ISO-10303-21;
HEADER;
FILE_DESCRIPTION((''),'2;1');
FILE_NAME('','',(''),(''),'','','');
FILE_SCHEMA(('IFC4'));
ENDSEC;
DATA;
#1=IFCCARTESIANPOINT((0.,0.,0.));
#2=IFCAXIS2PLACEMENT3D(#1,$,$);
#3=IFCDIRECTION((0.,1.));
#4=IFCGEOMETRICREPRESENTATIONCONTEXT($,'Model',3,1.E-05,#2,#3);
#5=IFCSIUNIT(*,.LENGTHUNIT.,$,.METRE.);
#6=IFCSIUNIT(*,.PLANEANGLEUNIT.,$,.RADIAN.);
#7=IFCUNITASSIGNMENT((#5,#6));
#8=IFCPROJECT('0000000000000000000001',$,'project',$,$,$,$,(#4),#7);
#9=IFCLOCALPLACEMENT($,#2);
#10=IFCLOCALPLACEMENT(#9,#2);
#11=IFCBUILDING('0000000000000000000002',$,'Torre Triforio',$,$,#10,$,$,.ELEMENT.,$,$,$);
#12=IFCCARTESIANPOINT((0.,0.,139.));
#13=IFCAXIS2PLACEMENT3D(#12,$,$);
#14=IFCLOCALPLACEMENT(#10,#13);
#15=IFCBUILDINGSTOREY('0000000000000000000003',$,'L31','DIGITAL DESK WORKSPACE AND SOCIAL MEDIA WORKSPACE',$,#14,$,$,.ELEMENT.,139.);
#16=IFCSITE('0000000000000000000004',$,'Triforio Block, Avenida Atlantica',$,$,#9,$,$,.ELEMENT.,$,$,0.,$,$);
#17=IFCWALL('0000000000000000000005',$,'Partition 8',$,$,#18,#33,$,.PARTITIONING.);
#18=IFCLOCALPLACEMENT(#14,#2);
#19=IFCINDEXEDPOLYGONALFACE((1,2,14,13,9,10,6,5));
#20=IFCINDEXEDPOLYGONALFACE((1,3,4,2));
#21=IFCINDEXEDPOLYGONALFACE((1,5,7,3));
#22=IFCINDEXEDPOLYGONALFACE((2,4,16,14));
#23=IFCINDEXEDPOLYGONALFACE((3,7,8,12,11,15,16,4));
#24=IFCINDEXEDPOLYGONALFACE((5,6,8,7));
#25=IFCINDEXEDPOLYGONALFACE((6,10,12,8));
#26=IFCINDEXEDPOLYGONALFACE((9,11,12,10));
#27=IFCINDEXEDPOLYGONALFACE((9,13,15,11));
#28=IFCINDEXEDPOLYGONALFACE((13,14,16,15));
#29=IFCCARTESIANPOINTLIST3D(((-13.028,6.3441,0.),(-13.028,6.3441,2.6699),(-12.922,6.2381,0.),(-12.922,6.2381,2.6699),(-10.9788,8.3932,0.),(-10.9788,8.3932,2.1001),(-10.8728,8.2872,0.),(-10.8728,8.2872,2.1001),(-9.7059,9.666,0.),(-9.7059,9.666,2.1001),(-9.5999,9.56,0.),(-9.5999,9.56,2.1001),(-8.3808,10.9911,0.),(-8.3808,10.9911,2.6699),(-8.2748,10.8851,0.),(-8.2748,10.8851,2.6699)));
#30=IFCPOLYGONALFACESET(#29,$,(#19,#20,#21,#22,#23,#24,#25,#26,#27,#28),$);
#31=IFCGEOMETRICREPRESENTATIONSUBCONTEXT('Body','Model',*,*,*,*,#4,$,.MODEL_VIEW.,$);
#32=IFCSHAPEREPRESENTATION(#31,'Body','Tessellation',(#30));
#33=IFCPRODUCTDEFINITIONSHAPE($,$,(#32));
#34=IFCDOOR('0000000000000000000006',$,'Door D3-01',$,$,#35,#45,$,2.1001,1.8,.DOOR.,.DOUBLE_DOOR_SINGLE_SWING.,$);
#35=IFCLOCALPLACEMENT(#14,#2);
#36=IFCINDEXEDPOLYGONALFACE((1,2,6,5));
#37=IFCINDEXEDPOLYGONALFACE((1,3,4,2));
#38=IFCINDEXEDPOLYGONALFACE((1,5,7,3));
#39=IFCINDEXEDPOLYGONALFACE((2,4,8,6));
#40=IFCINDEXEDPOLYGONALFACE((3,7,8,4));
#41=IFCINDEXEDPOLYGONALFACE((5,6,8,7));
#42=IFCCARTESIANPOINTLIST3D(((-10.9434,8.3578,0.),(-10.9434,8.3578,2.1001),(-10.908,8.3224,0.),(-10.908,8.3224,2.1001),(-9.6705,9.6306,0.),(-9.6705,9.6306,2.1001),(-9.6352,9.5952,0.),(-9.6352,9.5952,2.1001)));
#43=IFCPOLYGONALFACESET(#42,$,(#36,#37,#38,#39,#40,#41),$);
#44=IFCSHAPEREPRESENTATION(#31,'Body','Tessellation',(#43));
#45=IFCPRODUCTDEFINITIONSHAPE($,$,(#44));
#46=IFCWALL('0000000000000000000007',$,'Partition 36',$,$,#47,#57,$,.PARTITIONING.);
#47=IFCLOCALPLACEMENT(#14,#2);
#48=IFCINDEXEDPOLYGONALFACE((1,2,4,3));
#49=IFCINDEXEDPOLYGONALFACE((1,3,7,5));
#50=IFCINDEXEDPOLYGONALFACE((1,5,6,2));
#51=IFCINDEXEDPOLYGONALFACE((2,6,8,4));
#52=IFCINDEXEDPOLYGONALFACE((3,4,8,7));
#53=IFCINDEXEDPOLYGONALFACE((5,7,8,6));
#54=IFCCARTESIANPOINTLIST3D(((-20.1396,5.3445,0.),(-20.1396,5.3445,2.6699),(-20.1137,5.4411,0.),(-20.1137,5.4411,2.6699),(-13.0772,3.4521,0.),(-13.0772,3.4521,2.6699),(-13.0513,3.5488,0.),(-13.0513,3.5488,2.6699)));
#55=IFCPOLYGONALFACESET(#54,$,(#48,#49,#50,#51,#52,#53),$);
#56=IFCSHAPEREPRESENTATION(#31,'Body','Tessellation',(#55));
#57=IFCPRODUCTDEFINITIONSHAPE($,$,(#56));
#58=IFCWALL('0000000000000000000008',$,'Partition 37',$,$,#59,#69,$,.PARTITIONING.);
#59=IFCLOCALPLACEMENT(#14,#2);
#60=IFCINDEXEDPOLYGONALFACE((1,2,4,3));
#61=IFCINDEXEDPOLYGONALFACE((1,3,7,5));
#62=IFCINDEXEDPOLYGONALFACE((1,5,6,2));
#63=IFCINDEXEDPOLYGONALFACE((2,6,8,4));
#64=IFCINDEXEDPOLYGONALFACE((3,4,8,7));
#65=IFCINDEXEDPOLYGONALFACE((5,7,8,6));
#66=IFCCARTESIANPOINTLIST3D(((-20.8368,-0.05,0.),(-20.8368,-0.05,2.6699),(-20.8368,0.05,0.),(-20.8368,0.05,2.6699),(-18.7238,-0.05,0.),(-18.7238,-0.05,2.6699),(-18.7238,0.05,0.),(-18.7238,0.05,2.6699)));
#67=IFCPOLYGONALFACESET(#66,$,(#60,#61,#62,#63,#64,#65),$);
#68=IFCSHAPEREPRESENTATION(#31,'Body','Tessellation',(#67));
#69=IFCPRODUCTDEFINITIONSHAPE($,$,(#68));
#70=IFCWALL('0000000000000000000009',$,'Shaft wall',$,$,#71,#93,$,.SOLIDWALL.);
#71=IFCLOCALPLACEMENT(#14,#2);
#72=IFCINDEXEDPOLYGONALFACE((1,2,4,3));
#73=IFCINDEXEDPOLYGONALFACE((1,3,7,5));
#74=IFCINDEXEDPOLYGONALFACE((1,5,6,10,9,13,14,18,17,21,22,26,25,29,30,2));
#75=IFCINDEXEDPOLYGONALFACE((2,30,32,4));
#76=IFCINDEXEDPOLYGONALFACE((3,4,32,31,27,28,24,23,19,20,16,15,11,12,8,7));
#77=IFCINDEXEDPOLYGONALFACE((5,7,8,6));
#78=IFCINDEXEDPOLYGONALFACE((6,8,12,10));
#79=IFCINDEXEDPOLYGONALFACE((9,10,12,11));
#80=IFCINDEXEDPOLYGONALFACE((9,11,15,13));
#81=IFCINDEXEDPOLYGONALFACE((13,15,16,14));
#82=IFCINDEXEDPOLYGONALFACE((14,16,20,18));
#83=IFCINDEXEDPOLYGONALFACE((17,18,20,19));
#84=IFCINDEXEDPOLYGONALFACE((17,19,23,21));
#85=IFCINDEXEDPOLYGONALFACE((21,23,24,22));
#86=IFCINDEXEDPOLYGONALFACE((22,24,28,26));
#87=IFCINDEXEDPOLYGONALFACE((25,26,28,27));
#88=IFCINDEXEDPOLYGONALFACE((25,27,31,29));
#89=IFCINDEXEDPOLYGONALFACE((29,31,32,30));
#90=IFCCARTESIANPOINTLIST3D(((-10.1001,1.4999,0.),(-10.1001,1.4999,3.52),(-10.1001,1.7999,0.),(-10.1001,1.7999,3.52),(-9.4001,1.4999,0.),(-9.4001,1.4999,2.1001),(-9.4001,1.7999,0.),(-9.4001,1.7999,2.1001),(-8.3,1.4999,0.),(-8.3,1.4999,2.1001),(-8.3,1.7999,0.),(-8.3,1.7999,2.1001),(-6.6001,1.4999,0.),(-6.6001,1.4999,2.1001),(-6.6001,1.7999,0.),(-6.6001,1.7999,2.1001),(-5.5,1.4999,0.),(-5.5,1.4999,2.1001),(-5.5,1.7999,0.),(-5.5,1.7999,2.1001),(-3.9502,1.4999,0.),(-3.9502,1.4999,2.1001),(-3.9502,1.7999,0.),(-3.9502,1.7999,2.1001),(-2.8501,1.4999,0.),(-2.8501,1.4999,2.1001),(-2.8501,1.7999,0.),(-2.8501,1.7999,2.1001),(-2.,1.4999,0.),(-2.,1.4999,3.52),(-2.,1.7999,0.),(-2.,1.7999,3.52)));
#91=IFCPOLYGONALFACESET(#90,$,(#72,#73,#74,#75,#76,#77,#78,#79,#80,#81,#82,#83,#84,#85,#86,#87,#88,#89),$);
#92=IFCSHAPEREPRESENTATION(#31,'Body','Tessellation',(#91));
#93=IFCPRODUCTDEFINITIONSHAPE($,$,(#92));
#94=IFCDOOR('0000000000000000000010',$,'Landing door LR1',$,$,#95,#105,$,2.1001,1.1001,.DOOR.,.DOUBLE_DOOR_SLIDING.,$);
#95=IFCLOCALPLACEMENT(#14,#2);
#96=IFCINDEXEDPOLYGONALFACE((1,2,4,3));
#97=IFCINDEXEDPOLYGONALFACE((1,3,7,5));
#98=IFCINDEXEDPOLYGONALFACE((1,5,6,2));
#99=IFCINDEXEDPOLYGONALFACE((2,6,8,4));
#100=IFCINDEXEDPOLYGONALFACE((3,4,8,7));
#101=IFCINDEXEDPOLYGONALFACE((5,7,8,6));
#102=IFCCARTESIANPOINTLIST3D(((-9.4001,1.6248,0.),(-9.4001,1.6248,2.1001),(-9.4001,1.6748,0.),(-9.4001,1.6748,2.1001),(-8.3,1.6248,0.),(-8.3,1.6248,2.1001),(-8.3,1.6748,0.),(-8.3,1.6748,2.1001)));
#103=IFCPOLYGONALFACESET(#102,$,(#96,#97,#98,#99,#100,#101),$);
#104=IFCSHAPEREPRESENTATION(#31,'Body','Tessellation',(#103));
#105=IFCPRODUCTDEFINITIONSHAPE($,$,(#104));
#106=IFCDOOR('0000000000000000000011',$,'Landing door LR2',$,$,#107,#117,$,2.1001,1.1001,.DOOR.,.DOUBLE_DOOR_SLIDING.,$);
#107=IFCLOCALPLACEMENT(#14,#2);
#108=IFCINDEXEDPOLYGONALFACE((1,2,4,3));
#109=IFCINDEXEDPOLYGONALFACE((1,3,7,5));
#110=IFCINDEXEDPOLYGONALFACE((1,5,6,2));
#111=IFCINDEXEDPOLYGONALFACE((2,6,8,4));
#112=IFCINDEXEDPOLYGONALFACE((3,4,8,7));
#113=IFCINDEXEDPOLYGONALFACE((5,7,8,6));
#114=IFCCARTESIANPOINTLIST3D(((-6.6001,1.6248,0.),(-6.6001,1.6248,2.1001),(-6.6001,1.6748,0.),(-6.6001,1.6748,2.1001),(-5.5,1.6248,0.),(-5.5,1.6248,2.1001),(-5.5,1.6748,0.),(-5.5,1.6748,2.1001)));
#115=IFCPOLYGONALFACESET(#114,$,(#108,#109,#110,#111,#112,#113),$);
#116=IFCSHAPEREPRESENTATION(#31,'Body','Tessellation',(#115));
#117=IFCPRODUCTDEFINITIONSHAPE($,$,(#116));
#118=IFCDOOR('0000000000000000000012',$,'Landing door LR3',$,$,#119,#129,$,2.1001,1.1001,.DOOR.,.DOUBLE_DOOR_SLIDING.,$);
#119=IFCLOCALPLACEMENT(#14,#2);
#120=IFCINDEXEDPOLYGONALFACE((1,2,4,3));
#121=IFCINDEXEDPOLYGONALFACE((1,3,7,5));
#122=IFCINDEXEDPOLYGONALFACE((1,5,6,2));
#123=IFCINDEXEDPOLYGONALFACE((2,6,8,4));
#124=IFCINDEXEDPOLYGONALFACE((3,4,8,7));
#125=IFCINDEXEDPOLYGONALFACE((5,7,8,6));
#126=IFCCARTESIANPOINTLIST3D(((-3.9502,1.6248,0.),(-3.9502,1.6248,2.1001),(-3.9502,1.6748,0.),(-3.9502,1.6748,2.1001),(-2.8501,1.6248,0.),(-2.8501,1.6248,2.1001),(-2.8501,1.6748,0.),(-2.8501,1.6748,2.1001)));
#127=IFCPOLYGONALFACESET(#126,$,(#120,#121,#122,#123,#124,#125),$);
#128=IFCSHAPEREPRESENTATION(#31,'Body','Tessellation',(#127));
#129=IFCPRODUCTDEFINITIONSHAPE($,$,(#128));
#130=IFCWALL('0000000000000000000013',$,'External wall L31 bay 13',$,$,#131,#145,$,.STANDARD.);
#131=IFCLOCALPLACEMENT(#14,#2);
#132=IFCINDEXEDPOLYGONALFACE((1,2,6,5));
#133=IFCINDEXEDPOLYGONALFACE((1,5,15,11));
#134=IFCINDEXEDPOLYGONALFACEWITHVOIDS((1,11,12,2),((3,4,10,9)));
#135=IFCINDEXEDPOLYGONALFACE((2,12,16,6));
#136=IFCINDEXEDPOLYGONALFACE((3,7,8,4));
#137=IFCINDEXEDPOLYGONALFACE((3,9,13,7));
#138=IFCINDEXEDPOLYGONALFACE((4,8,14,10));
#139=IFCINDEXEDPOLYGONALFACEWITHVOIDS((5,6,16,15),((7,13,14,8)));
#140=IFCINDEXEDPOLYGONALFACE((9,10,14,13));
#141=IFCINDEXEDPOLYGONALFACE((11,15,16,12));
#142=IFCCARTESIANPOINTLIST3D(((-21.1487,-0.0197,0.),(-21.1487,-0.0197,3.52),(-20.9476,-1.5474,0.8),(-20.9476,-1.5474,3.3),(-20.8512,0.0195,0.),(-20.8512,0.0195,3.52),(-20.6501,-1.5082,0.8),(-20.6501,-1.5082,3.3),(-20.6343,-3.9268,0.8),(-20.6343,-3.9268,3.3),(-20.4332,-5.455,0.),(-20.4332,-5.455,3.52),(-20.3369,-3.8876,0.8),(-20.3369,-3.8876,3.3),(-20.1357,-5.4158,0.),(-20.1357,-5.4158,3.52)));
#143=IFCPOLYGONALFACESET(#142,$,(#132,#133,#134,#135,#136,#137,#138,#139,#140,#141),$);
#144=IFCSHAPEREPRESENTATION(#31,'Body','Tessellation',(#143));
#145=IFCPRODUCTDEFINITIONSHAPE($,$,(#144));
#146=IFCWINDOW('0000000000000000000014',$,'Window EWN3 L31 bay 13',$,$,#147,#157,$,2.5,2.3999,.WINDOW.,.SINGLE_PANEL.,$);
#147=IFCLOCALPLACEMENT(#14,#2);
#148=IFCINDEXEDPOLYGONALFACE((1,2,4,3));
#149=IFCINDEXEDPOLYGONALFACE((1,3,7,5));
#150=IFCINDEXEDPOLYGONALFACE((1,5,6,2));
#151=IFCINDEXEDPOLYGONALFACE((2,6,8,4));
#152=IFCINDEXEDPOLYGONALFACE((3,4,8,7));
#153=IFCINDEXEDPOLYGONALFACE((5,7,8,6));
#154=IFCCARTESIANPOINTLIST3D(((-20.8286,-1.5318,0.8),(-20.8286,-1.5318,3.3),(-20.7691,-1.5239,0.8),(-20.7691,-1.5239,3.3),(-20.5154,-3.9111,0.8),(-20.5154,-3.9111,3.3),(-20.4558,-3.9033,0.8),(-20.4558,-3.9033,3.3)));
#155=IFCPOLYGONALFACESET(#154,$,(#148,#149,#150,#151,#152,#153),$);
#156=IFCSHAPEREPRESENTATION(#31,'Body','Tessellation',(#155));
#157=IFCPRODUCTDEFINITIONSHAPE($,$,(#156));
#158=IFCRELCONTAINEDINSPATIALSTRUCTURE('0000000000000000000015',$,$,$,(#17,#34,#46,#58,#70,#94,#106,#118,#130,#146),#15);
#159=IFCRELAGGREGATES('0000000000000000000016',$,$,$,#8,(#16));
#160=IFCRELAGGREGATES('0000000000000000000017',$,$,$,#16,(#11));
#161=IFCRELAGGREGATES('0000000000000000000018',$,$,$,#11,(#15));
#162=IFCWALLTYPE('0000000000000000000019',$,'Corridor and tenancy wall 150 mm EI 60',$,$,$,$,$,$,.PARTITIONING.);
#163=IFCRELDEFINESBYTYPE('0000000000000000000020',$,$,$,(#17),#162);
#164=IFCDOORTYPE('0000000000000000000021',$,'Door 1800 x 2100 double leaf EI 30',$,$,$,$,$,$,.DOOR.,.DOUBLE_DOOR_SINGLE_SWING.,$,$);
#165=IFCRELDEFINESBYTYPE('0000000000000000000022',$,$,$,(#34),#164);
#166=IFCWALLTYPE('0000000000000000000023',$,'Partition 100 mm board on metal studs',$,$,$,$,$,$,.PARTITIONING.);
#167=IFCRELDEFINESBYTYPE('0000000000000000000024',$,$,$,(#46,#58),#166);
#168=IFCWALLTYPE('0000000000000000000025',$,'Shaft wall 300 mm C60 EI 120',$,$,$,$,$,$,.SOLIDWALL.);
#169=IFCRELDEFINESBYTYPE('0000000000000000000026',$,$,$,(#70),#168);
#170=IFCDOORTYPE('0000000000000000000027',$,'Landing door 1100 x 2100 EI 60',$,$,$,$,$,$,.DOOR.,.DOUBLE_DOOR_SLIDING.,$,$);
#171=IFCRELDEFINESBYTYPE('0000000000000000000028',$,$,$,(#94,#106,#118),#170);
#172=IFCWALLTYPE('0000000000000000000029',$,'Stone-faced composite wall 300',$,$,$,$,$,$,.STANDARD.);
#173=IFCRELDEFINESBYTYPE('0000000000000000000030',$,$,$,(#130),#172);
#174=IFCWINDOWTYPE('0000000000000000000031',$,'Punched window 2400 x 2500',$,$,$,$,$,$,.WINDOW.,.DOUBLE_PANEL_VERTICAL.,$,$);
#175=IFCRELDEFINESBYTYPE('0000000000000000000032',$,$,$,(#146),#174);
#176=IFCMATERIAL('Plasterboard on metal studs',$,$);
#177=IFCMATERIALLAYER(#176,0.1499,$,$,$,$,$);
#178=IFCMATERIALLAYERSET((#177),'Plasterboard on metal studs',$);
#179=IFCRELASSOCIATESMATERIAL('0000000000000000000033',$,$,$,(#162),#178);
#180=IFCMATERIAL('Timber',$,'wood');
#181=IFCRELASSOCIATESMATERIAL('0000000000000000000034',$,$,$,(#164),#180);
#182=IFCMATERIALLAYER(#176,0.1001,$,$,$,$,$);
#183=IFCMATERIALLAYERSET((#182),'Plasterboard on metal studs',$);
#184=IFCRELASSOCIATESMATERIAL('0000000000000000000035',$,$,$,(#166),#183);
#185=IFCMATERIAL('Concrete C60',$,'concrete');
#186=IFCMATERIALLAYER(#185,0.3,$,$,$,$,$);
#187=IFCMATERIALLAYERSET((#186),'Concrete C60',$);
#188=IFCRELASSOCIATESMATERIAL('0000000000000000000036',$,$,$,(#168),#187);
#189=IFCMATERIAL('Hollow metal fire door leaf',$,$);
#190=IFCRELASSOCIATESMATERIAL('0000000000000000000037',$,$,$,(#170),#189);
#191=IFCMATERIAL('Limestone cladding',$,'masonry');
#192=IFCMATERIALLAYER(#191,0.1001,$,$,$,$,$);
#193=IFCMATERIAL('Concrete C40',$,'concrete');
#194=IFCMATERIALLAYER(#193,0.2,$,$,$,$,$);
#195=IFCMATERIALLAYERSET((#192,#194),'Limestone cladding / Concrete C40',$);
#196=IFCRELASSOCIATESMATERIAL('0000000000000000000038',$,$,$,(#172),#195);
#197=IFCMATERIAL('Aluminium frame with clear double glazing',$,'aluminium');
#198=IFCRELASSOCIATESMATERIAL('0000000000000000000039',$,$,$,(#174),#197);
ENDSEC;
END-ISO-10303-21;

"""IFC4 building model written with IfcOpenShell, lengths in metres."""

from ifc_helpers import new_model, si_unit, direction, frame, frame_2d, origin, place, context, subcontext, project, spatial, rectangle, extrude, material, layer, layer_set, type_object, element, fill, save


model = new_model("IFC4")

# Units and contexts
model_context = context("Model", 3, precision=1e-05, world=origin(), true_north=direction((0.0, 1.0)))
body_context = subcontext(model_context, "Body", "Model", "MODEL_VIEW")
ifc_project = project(units=[si_unit("LENGTHUNIT", "METRE"), si_unit("PLANEANGLEUNIT", "RADIAN")], contexts=[model_context])

# Site, building, storey
site_placement = place(None, origin())
site = spatial("IfcSite", under=ifc_project, at=site_placement, Name="Triforio Block, Avenida Atlantica", CompositionType="ELEMENT", RefElevation=0.0)
building_placement = place(site_placement, origin())
building = spatial("IfcBuilding", under=site, at=building_placement, Name="Torre Triforio", CompositionType="ELEMENT")
storey_placement = place(building_placement, frame((0.0, 0.0, 139.0)))
storey = spatial("IfcBuildingStorey", under=building, at=storey_placement, Name="L31", Description="DIGITAL DESK WORKSPACE AND SOCIAL MEDIA WORKSPACE", CompositionType="ELEMENT", Elevation=139.0)

# Shared definitions
ifc_material_1 = material(Name="Concrete C60", Category="concrete")

# Wall, opening, door
ifc_material_2 = material(Name="Hollow metal fire door leaf")
ifc_material_3 = material(Name="Plasterboard on metal studs")
ifc_layer_1 = layer(ifc_material_3, 0.1499)
ifc_layer_set_1 = layer_set([ifc_layer_1], Name="Plasterboard on metal studs")
wall_type_1 = type_object("IfcWallType", Name="Corridor and tenancy wall 150 mm EI 60", PredefinedType="PARTITIONING", material=ifc_layer_set_1)
ifc_material_4 = material(Name="Timber", Category="wood")
wall_1_placement = place(storey_placement, frame((-12.9751, 6.291, 0.0), z_axis=(0.0, 0.0, 1.0), x_axis=(0.707125, 0.707088, 0.0)))
wall_1 = element("IfcWall", 1, at=wall_1_placement, inside=storey, type_object=wall_type_1, Name="Partition 8", PredefinedType="PARTITIONING", context=body_context, shape_type="SweptSolid", body=[
    extrude(rectangle(XDim=6.572, YDim=0.1499, at=frame_2d((3.2861, 0.0))), origin(), (0.0, 0.0, 1.0), 2.6699),
])
opening_1_placement = place(wall_1_placement, frame((2.8982, 0.0, 0.0)))
opening_1 = element("IfcOpeningElement", 2, at=opening_1_placement, cuts=wall_1, PredefinedType="OPENING", context=body_context, shape_type="SweptSolid", body=[
    extrude(rectangle(XDim=1.8, YDim=2.1001, at=frame_2d((0.8999, 1.05))), frame((0.0, 0.085, 0.0), z_axis=(0.0, -1.0, 0.0), x_axis=(1.0, 0.0, 0.0)), (0.0, 0.0, 1.0), 0.1699),
])
door_type_1 = type_object("IfcDoorType", Name="Door 1800 x 2100 double leaf EI 30", OperationType="DOUBLE_DOOR_SINGLE_SWING", PredefinedType="DOOR", material=ifc_material_4)
door_1_placement = place(opening_1_placement, origin())
door_1 = element("IfcDoor", 3, at=door_1_placement, inside=storey, type_object=door_type_1, Name="Door D3-01", OperationType="DOUBLE_DOOR_SINGLE_SWING", OverallHeight=2.1001, OverallWidth=1.8, PredefinedType="DOOR", context=body_context, shape_type="SweptSolid", body=[
    extrude(rectangle(XDim=1.8, YDim=2.1001, at=frame_2d((0.8999, 1.05))), frame((0.0, 0.0249, 0.0), z_axis=(0.0, -1.0, 0.0), x_axis=(1.0, 0.0, 0.0)), (0.0, 0.0, 1.0), 0.05),
])
fill(opening_1, door_1)

# Walls
ifc_layer_2 = layer(ifc_material_3, 0.1001)
ifc_layer_set_2 = layer_set([ifc_layer_2], Name="Plasterboard on metal studs")
wall_type_2 = type_object("IfcWallType", Name="Partition 100 mm board on metal studs", PredefinedType="PARTITIONING", material=ifc_layer_set_2)
wall_2_placement = place(storey_placement, frame((-13.0642, 3.5005, 0.0), z_axis=(0.0, 0.0, 1.0), x_axis=(-0.965928, 0.258812, 0.0)))
element("IfcWall", 4, at=wall_2_placement, inside=storey, type_object=wall_type_2, Name="Partition 36", PredefinedType="PARTITIONING", context=body_context, shape_type="SweptSolid", body=[
    extrude(rectangle(XDim=7.3115, YDim=0.1001, at=frame_2d((3.6558, 0.0))), origin(), (0.0, 0.0, 1.0), 2.6699),
])
wall_3_placement = place(storey_placement, frame((-18.7236, 0.0, 0.0), z_axis=(0.0, 0.0, 1.0), x_axis=(-1.0, 0.0, 0.0)))
element("IfcWall", 5, at=wall_3_placement, inside=storey, type_object=wall_type_2, Name="Partition 37", PredefinedType="PARTITIONING", context=body_context, shape_type="SweptSolid", body=[
    extrude(rectangle(XDim=2.113, YDim=0.1001, at=frame_2d((1.0566, 0.0))), origin(), (0.0, 0.0, 1.0), 2.6699),
])

# Wall, openings, doors
ifc_layer_3 = layer(ifc_material_1, 0.3)
ifc_layer_set_3 = layer_set([ifc_layer_3], Name="Concrete C60")
wall_type_3 = type_object("IfcWallType", Name="Shaft wall 300 mm C60 EI 120", PredefinedType="SOLIDWALL", material=ifc_layer_set_3)
wall_4_placement = place(storey_placement, frame((-10.1001, 1.6499, 0.0), z_axis=(0.0, 0.0, 1.0), x_axis=(1.0, 0.0, 0.0)))
wall_4 = element("IfcWall", 6, at=wall_4_placement, inside=storey, type_object=wall_type_3, Name="Shaft wall", PredefinedType="SOLIDWALL", context=body_context, shape_type="SweptSolid", body=[
    extrude(rectangle(XDim=8.1001, YDim=0.3, at=frame_2d((4.05, 0.0))), origin(), (0.0, 0.0, 1.0), 3.52),
])
opening_2_placement = place(wall_4_placement, frame((0.7, 0.0, 0.0)))
opening_2 = element("IfcOpeningElement", 7, at=opening_2_placement, cuts=wall_4, PredefinedType="OPENING", context=body_context, shape_type="SweptSolid", body=[
    extrude(rectangle(XDim=1.1001, YDim=2.1001, at=frame_2d((0.55, 1.05))), frame((0.0, 0.1599, 0.0), z_axis=(0.0, -1.0, 0.0), x_axis=(1.0, 0.0, 0.0)), (0.0, 0.0, 1.0), 0.3201),
])
opening_3_placement = place(wall_4_placement, frame((3.5, 0.0, 0.0)))
opening_3 = element("IfcOpeningElement", 8, at=opening_3_placement, cuts=wall_4, PredefinedType="OPENING", context=body_context, shape_type="SweptSolid", body=[
    extrude(rectangle(XDim=1.1001, YDim=2.1001, at=frame_2d((0.55, 1.05))), frame((0.0, 0.1599, 0.0), z_axis=(0.0, -1.0, 0.0), x_axis=(1.0, 0.0, 0.0)), (0.0, 0.0, 1.0), 0.3201),
])
opening_4_placement = place(wall_4_placement, frame((6.1499, 0.0, 0.0)))
opening_4 = element("IfcOpeningElement", 9, at=opening_4_placement, cuts=wall_4, PredefinedType="OPENING", context=body_context, shape_type="SweptSolid", body=[
    extrude(rectangle(XDim=1.1001, YDim=2.1001, at=frame_2d((0.55, 1.05))), frame((0.0, 0.1599, 0.0), z_axis=(0.0, -1.0, 0.0), x_axis=(1.0, 0.0, 0.0)), (0.0, 0.0, 1.0), 0.3201),
])
door_type_2 = type_object("IfcDoorType", Name="Landing door 1100 x 2100 EI 60", OperationType="DOUBLE_DOOR_SLIDING", PredefinedType="DOOR", material=ifc_material_2)
door_2_placement = place(opening_2_placement, origin())
door_2 = element("IfcDoor", 10, at=door_2_placement, inside=storey, type_object=door_type_2, Name="Landing door LR1", OperationType="DOUBLE_DOOR_SLIDING", OverallHeight=2.1001, OverallWidth=1.1001, PredefinedType="DOOR", context=body_context, shape_type="SweptSolid", body=[
    extrude(rectangle(XDim=1.1001, YDim=2.1001, at=frame_2d((0.55, 1.05))), frame((0.0, 0.0249, 0.0), z_axis=(0.0, -1.0, 0.0), x_axis=(1.0, 0.0, 0.0)), (0.0, 0.0, 1.0), 0.05),
])
fill(opening_2, door_2)
door_3_placement = place(opening_3_placement, origin())
door_3 = element("IfcDoor", 11, at=door_3_placement, inside=storey, type_object=door_type_2, Name="Landing door LR2", OperationType="DOUBLE_DOOR_SLIDING", OverallHeight=2.1001, OverallWidth=1.1001, PredefinedType="DOOR", context=body_context, shape_type="SweptSolid", body=[
    extrude(rectangle(XDim=1.1001, YDim=2.1001, at=frame_2d((0.55, 1.05))), frame((0.0, 0.0249, 0.0), z_axis=(0.0, -1.0, 0.0), x_axis=(1.0, 0.0, 0.0)), (0.0, 0.0, 1.0), 0.05),
])
fill(opening_3, door_3)
door_4_placement = place(opening_4_placement, origin())
door_4 = element("IfcDoor", 12, at=door_4_placement, inside=storey, type_object=door_type_2, Name="Landing door LR3", OperationType="DOUBLE_DOOR_SLIDING", OverallHeight=2.1001, OverallWidth=1.1001, PredefinedType="DOOR", context=body_context, shape_type="SweptSolid", body=[
    extrude(rectangle(XDim=1.1001, YDim=2.1001, at=frame_2d((0.55, 1.05))), frame((0.0, 0.0249, 0.0), z_axis=(0.0, -1.0, 0.0), x_axis=(1.0, 0.0, 0.0)), (0.0, 0.0, 1.0), 0.05),
])
fill(opening_4, door_4)

# Shared definitions
ifc_material_5 = material(Name="Limestone cladding", Category="masonry")
ifc_layer_4 = layer(ifc_material_5, 0.1001)
ifc_material_6 = material(Name="Concrete C40", Category="concrete")
ifc_layer_5 = layer(ifc_material_6, 0.2)
ifc_layer_set_4 = layer_set([ifc_layer_4, ifc_layer_5], Name="Limestone cladding / Concrete C40")
wall_type_4 = type_object("IfcWallType", Name="Stone-faced composite wall 300", PredefinedType="STANDARD", material=ifc_layer_set_4)
ifc_material_7 = material(Name="Aluminium frame with clear double glazing", Category="aluminium")

# Wall, opening, window
wall_5_placement = place(storey_placement, frame((-21.0, 0.0, 0.0), z_axis=(0.0, 0.0, 1.0), x_axis=(0.130527, -0.991445, 0.0)))
wall_5 = element("IfcWall", 13, at=wall_5_placement, inside=storey, type_object=wall_type_4, Name="External wall L31 bay 13", PredefinedType="STANDARD", context=body_context, shape_type="SweptSolid", body=[
    extrude(rectangle(XDim=5.4822, YDim=0.3, at=frame_2d((2.7412, 0.0))), origin(), (0.0, 0.0, 1.0), 3.52),
])
opening_5_placement = place(wall_5_placement, frame((1.541, 0.0, 0.8)))
opening_5 = element("IfcOpeningElement", 14, at=opening_5_placement, cuts=wall_5, PredefinedType="OPENING", context=body_context, shape_type="SweptSolid", body=[
    extrude(rectangle(XDim=2.3999, YDim=2.5, at=frame_2d((1.2, 1.25))), frame((0.0, 0.1599, 0.0), z_axis=(0.0, -1.0, 0.0), x_axis=(1.0, 0.0, 0.0)), (0.0, 0.0, 1.0), 0.3201),
])
window_type_1 = type_object("IfcWindowType", Name="Punched window 2400 x 2500", PartitioningType="DOUBLE_PANEL_VERTICAL", PredefinedType="WINDOW", material=ifc_material_7)
window_1_placement = place(opening_5_placement, origin())
window_1 = element("IfcWindow", 15, at=window_1_placement, inside=storey, type_object=window_type_1, Name="Window EWN3 L31 bay 13", OverallHeight=2.5, OverallWidth=2.3999, PartitioningType="SINGLE_PANEL", PredefinedType="WINDOW", context=body_context, shape_type="SweptSolid", body=[
    extrude(rectangle(XDim=2.3999, YDim=2.5, at=frame_2d((1.2, 1.25))), frame((0.0, 0.03, 0.0), z_axis=(0.0, -1.0, 0.0), x_axis=(1.0, 0.0, 0.0)), (0.0, 0.0, 1.0), 0.0601),
])
fill(opening_5, window_1)

save(model, "model.ifc")
